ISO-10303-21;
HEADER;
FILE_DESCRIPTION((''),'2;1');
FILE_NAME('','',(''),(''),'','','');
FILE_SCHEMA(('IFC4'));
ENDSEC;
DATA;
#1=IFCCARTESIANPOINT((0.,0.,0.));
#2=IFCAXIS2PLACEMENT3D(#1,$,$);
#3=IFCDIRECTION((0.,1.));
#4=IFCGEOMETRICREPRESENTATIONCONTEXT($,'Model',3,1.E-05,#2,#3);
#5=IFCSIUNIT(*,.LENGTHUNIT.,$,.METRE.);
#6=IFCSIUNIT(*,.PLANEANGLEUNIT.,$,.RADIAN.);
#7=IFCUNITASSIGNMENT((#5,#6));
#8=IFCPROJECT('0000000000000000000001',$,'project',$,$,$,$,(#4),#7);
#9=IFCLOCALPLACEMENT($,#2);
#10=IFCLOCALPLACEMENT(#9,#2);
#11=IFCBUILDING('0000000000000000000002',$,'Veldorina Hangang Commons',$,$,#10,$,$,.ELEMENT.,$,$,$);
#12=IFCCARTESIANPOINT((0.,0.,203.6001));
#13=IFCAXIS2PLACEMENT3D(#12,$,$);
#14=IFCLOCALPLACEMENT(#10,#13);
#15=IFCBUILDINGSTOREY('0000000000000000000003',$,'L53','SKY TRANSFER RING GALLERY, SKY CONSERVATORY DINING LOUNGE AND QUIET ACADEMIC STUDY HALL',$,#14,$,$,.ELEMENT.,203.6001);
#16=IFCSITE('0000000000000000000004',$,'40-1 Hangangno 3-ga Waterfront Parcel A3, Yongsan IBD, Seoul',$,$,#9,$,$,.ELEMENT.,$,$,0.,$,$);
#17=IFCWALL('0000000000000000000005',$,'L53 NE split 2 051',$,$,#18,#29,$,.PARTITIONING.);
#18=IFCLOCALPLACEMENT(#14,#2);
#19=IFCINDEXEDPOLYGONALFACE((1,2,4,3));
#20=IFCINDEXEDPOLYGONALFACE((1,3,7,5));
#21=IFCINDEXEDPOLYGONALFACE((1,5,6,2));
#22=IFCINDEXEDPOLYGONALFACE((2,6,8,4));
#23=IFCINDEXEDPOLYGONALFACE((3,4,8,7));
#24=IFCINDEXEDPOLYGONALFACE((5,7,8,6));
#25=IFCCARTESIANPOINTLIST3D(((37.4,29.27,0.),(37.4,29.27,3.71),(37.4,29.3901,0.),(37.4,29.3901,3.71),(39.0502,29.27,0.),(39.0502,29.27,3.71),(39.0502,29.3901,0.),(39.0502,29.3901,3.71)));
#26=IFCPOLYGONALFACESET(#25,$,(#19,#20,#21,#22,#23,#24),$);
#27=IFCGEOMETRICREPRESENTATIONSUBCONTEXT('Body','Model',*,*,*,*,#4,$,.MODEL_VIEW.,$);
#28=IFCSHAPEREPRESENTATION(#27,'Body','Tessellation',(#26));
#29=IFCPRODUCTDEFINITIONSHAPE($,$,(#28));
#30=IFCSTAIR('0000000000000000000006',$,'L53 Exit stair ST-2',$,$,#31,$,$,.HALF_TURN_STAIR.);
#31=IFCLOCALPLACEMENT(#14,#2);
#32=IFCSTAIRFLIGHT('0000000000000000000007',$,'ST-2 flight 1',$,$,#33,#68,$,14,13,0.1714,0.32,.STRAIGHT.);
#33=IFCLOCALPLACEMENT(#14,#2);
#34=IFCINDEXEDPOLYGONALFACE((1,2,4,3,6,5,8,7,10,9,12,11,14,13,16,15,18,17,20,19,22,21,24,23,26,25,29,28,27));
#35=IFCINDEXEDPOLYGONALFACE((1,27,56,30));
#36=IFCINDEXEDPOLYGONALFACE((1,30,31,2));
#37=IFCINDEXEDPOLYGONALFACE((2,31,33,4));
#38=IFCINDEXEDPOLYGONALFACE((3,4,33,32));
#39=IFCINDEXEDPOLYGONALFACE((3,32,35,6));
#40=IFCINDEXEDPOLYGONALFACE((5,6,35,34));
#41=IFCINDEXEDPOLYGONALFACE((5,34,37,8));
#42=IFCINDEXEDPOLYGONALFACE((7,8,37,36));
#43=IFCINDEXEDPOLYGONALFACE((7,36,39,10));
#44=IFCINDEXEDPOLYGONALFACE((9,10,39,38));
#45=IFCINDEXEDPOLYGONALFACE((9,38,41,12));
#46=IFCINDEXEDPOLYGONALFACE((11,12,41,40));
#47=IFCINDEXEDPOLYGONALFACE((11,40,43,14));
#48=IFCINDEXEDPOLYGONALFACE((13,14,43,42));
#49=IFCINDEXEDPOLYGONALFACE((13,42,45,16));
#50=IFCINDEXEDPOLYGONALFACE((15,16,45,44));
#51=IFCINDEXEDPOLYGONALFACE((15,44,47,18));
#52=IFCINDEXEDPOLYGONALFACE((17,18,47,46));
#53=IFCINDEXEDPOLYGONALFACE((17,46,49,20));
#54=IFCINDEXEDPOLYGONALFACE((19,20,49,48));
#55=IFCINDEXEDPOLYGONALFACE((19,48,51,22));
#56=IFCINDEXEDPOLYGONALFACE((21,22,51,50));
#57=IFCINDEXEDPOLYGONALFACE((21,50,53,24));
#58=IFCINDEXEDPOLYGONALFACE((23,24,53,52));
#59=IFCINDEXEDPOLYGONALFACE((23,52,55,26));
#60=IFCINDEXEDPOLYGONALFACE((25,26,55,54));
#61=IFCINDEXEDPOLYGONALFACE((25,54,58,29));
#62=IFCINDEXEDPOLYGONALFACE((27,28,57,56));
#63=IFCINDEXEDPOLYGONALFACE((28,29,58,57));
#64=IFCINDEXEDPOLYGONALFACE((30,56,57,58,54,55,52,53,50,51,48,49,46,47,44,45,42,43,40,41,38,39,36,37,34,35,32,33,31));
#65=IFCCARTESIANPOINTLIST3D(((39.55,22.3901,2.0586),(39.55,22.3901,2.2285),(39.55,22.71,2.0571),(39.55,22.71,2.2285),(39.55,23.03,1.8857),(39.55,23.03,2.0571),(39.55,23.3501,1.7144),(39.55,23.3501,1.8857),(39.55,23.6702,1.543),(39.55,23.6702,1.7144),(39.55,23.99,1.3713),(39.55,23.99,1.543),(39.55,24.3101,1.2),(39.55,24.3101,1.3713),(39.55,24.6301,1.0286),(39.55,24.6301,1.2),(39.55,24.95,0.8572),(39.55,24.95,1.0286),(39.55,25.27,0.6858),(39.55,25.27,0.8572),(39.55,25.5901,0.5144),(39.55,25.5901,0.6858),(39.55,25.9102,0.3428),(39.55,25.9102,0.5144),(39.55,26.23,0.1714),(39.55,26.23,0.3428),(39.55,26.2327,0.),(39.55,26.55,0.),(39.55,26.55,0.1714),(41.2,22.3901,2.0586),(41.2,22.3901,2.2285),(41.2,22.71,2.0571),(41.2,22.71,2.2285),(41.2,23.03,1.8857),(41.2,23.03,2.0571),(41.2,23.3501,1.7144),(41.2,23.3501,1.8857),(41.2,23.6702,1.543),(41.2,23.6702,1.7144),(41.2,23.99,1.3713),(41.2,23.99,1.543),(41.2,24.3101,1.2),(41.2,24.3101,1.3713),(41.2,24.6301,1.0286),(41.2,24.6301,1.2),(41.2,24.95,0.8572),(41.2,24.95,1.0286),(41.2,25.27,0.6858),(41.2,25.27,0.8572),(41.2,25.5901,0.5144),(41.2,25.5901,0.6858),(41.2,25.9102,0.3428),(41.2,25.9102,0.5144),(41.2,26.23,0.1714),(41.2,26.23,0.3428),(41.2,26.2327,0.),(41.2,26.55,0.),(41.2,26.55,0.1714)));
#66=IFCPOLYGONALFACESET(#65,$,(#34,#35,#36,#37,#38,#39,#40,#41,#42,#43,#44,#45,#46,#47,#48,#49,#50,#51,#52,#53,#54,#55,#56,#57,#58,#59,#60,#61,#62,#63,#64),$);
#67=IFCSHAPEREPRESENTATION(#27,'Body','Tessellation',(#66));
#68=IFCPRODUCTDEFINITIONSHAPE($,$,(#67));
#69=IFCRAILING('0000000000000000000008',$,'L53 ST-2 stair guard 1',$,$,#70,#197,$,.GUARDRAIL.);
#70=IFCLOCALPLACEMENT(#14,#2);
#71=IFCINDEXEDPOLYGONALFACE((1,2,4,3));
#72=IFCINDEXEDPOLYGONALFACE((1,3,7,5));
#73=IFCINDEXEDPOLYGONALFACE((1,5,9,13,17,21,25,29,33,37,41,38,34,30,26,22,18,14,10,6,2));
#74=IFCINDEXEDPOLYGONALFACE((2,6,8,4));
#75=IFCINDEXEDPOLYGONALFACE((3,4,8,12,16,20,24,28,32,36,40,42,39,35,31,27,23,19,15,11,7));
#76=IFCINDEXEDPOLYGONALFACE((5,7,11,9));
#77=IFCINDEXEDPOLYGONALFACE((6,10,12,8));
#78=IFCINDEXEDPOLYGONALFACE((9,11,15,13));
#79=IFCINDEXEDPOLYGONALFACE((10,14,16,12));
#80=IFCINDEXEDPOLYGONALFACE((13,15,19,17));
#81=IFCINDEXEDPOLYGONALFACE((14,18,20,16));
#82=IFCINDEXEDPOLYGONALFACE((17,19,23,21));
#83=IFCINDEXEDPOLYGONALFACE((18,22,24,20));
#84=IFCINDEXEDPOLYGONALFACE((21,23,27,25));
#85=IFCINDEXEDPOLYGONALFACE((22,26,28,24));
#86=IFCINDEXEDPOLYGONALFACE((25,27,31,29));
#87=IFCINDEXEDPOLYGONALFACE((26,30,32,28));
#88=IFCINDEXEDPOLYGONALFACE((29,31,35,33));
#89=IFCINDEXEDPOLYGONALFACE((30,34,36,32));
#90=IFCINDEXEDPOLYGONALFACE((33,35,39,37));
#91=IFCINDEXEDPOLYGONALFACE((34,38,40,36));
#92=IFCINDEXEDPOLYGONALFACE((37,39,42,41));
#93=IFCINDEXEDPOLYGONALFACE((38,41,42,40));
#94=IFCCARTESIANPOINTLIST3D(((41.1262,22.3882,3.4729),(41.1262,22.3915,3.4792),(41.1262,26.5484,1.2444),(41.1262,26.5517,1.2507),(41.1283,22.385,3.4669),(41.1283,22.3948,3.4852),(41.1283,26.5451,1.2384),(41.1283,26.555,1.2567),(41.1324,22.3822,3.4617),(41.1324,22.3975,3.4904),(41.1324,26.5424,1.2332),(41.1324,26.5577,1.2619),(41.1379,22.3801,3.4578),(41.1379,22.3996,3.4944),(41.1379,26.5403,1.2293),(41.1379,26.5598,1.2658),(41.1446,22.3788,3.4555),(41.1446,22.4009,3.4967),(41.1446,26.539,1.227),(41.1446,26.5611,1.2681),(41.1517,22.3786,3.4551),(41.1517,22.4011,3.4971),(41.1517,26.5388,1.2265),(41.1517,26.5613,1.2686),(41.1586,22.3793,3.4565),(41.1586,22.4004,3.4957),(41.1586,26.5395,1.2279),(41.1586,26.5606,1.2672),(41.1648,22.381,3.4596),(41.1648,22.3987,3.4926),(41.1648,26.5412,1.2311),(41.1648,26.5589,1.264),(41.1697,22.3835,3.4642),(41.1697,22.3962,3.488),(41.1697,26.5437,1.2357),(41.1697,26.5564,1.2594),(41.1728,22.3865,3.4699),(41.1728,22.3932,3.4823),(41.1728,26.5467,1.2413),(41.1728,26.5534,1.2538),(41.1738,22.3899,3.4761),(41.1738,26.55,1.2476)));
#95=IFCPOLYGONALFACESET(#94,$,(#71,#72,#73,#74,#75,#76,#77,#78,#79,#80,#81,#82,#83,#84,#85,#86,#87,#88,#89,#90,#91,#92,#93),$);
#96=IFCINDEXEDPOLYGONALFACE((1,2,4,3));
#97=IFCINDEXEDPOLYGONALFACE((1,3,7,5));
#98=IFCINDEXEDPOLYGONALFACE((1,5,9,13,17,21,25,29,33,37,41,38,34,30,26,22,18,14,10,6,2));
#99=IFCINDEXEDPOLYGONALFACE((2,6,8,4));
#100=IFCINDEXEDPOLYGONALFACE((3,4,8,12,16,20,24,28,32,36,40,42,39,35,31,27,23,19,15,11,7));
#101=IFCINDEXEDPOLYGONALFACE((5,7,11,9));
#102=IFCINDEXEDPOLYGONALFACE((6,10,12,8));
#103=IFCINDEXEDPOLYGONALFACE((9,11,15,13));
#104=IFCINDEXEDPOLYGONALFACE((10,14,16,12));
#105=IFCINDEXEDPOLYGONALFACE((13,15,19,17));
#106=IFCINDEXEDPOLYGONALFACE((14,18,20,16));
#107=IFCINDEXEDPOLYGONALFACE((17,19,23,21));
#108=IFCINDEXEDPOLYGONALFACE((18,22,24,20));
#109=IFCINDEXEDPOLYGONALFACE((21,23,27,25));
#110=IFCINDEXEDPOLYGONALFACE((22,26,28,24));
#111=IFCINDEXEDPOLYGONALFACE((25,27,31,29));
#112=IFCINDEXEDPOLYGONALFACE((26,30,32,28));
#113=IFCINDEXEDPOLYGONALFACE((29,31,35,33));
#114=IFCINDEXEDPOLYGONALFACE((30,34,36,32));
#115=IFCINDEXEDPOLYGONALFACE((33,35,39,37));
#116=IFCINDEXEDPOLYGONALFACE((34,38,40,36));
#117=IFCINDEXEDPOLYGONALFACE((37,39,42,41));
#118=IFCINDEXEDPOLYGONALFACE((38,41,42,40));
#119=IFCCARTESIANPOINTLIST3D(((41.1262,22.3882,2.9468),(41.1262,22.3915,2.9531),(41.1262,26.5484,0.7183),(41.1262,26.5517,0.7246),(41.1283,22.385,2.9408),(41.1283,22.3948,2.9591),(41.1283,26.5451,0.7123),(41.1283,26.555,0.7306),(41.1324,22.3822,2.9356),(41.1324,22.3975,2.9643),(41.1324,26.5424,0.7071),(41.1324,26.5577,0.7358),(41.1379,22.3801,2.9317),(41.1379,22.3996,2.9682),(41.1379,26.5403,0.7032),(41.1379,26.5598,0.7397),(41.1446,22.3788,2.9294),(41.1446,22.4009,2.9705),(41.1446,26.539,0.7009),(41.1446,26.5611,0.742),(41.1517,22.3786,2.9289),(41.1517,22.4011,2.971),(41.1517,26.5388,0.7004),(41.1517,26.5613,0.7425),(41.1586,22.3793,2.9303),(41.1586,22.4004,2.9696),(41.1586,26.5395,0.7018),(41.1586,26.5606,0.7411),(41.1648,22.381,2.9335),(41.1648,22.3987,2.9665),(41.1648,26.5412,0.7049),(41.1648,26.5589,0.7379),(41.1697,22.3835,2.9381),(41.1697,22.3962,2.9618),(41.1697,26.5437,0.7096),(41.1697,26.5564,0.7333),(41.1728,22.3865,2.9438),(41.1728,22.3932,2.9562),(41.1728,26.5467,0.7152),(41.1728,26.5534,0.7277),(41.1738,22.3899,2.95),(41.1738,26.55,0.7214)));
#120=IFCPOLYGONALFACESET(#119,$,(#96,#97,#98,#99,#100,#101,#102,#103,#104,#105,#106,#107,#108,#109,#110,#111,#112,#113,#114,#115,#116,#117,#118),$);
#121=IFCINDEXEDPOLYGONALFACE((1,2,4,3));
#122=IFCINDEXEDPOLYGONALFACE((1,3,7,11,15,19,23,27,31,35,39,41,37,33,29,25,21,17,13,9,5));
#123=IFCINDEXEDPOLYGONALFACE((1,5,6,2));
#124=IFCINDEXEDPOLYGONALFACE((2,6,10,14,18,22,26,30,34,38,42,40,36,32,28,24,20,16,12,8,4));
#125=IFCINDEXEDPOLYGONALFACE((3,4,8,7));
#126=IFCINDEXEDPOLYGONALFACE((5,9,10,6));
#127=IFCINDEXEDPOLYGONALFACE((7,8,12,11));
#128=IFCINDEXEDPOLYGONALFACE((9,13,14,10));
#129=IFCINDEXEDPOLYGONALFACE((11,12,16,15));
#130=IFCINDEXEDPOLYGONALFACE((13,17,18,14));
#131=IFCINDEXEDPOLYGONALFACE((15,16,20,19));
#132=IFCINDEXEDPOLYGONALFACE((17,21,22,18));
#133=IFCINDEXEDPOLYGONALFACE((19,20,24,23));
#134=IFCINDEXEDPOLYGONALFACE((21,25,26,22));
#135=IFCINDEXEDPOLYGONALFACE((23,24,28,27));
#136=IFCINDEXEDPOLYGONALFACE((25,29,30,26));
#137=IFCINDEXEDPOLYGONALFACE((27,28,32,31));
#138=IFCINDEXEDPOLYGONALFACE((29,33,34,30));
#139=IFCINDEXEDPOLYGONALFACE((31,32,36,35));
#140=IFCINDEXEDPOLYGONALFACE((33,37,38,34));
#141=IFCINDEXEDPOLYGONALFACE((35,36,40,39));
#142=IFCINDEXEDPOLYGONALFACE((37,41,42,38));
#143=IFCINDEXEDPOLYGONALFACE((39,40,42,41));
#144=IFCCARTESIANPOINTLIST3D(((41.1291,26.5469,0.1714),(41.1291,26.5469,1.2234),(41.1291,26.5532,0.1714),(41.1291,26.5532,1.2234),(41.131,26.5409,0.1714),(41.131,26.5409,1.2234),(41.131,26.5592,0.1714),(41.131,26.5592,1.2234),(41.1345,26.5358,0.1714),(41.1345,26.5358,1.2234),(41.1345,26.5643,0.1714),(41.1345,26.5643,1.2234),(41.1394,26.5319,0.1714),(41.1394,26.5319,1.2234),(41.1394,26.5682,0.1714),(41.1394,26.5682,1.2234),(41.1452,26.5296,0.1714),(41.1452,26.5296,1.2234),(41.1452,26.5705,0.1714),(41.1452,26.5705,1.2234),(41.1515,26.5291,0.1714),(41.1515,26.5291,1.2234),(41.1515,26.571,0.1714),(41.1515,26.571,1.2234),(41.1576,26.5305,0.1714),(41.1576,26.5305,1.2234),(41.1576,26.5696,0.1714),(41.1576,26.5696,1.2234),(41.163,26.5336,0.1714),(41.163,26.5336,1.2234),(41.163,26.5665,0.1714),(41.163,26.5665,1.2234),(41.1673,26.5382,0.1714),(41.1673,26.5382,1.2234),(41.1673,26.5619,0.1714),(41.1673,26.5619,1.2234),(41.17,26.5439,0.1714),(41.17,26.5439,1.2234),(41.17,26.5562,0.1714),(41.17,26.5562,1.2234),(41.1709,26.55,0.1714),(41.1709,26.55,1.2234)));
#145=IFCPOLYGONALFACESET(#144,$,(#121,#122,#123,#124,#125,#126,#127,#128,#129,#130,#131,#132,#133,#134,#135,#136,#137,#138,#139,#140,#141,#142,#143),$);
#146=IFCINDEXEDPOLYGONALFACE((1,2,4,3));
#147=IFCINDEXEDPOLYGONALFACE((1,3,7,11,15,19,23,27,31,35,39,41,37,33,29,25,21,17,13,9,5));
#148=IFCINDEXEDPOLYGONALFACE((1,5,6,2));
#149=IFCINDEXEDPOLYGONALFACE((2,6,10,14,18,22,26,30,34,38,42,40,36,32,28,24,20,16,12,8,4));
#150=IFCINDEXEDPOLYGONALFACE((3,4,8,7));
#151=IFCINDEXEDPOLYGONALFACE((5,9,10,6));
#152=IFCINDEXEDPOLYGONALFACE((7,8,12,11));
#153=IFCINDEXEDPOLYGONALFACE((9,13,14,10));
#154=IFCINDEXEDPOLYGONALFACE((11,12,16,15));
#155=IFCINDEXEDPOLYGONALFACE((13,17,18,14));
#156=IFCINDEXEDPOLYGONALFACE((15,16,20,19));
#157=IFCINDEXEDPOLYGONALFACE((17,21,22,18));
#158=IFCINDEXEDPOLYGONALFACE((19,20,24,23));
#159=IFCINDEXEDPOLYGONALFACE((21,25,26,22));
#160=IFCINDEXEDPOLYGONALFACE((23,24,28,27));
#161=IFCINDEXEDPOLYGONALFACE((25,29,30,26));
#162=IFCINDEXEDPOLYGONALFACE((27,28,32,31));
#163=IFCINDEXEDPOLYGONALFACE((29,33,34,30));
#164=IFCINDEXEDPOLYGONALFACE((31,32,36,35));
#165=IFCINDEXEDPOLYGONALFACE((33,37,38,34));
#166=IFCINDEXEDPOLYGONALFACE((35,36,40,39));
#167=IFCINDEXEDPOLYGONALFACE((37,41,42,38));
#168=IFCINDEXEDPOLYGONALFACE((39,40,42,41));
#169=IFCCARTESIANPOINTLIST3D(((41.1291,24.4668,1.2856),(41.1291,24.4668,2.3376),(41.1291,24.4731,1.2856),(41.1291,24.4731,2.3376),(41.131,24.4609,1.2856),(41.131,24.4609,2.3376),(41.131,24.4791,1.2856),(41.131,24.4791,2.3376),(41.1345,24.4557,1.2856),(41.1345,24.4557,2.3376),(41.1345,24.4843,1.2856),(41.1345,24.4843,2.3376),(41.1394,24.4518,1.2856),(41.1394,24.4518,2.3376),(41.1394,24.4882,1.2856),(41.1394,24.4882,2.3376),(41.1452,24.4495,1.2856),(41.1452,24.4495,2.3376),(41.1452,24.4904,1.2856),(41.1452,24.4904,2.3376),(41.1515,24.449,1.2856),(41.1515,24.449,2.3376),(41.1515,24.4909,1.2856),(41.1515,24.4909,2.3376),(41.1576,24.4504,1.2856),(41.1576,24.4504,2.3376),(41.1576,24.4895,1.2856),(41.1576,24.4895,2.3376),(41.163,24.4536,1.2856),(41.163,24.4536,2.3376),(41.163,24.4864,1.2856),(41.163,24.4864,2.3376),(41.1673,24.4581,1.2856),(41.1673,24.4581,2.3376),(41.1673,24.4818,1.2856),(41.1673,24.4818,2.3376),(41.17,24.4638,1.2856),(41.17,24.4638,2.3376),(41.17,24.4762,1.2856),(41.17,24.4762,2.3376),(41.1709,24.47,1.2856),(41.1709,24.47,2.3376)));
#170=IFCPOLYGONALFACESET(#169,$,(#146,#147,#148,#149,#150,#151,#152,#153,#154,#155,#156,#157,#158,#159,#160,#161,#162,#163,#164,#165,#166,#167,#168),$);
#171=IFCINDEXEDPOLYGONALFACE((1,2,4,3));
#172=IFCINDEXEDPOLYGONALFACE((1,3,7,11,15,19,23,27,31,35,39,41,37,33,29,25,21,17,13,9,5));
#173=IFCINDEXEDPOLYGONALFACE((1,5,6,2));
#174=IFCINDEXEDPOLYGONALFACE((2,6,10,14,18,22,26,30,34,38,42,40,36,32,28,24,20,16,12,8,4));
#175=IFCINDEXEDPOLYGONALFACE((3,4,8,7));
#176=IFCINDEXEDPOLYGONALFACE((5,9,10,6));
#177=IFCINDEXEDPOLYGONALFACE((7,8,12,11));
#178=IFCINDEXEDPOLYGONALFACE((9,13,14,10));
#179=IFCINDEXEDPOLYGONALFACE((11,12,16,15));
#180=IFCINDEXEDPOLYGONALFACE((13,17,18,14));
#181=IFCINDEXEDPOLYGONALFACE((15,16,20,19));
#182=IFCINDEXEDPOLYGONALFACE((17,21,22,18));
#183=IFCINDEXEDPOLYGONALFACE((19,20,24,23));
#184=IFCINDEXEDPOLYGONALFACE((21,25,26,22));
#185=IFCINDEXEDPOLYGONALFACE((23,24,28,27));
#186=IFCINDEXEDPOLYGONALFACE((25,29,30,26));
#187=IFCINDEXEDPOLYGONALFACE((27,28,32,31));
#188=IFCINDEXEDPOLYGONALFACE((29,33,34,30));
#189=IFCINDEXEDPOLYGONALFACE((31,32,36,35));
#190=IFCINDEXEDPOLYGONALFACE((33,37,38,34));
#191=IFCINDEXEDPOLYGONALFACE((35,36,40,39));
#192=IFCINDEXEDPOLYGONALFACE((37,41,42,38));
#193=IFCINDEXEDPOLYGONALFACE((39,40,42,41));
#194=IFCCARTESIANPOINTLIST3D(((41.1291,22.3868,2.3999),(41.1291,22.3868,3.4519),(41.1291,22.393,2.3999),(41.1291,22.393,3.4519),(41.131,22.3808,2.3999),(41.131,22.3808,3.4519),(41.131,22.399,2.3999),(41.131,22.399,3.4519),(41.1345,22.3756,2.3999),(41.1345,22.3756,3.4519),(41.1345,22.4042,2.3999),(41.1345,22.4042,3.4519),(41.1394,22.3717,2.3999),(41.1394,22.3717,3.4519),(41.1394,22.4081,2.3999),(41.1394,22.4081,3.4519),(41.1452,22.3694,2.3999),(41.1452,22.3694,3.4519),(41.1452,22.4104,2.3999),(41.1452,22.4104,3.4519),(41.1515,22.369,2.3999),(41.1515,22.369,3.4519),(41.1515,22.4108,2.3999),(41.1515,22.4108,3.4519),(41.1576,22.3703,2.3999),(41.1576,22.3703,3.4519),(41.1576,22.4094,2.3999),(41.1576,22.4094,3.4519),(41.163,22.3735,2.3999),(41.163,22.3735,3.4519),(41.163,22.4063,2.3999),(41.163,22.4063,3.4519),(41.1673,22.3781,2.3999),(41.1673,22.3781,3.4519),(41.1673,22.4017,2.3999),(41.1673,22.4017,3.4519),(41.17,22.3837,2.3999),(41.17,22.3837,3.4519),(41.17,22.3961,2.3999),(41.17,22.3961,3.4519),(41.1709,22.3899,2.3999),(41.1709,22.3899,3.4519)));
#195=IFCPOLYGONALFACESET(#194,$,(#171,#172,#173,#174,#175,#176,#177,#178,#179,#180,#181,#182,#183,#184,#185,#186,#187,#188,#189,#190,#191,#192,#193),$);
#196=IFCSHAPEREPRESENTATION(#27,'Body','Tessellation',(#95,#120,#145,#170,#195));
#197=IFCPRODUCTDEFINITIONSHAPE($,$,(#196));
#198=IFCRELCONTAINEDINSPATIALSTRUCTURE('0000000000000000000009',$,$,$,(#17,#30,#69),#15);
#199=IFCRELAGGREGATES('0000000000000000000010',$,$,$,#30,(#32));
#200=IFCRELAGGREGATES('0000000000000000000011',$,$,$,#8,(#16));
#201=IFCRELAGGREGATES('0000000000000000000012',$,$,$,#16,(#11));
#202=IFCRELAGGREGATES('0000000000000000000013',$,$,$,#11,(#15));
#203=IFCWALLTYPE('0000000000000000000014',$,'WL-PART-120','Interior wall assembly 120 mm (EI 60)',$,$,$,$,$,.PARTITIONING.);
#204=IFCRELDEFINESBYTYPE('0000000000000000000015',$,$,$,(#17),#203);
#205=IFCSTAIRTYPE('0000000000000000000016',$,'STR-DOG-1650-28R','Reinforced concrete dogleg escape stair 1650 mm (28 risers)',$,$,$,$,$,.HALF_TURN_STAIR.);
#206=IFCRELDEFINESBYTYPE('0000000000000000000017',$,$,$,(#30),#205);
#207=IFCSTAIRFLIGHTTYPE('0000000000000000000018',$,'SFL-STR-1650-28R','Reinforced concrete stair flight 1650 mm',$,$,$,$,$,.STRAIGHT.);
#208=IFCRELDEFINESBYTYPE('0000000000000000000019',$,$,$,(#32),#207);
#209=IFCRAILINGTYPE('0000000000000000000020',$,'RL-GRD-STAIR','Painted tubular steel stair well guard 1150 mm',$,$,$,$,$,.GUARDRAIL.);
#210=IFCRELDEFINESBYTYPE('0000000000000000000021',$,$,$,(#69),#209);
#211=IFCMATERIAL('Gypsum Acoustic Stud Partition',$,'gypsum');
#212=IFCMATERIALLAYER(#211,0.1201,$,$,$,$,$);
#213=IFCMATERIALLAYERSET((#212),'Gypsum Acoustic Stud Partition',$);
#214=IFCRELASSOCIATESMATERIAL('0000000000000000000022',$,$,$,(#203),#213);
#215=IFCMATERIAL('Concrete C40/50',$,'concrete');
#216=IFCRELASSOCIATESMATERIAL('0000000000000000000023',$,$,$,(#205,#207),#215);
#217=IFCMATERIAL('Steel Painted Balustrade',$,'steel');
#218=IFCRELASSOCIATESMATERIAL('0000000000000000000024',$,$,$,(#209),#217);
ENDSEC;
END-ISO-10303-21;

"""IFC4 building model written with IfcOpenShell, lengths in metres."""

from ifc_helpers import new_model, si_unit, direction, frame, frame_2d, origin, origin_2d, place, context, subcontext, project, spatial, polyline, rectangle, circle, outline, extrude, material, layer, layer_set, type_object, element, aggregate, save


model = new_model("IFC4")

# Units and contexts
model_context = context("Model", 3, precision=1e-05, world=origin(), true_north=direction((0.0, 1.0)))
body_context = subcontext(model_context, "Body", "Model", "MODEL_VIEW")
ifc_project = project(units=[si_unit("LENGTHUNIT", "METRE"), si_unit("PLANEANGLEUNIT", "RADIAN")], contexts=[model_context])

# Site, building, storey
site_placement = place(None, origin())
site = spatial("IfcSite", under=ifc_project, at=site_placement, Name="40-1 Hangangno 3-ga Waterfront Parcel A3, Yongsan IBD, Seoul", CompositionType="ELEMENT", RefElevation=0.0)
building_placement = place(site_placement, origin())
building = spatial("IfcBuilding", under=site, at=building_placement, Name="Veldorina Hangang Commons", CompositionType="ELEMENT")
storey_placement = place(building_placement, frame((0.0, 0.0, 203.6001)))
storey = spatial("IfcBuildingStorey", under=building, at=storey_placement, Name="L53", Description="SKY TRANSFER RING GALLERY, SKY CONSERVATORY DINING LOUNGE AND QUIET ACADEMIC STUDY HALL", CompositionType="ELEMENT", Elevation=203.6001)

# Shared definitions
ifc_material_1 = material(Name="Gypsum Acoustic Stud Partition", Category="gypsum")
ifc_layer_1 = layer(ifc_material_1, 0.1201)
ifc_layer_set_1 = layer_set([ifc_layer_1], Name="Gypsum Acoustic Stud Partition")
wall_type_1 = type_object("IfcWallType", Name="WL-PART-120", Description="Interior wall assembly 120 mm (EI 60)", PredefinedType="PARTITIONING", material=ifc_layer_set_1)

# Wall
for number, where, z_axis, x_axis, name in (
    (1, (37.3999, 29.3301, 0.0), (0.0, 0.0, 1.0), (1.0, 0.0, 0.0), "L53 NE split 2 051"),
):
    element("IfcWall", number, at=place(storey_placement, frame(where, z_axis=z_axis, x_axis=x_axis)), inside=storey, type_object=wall_type_1, Name=name, PredefinedType="PARTITIONING", context=body_context, shape_type="SweptSolid", body=[
        extrude(rectangle(XDim=1.6501, YDim=0.1201, at=frame_2d((0.8252, 0.0))), origin(), (0.0, 0.0, 1.0), 3.71),
    ])

# Stair, stair flight
ifc_material_2 = material(Name="Concrete C40/50", Category="concrete")
stair_type = type_object("IfcStairType", Name="STR-DOG-1650-28R", Description="Reinforced concrete dogleg escape stair 1650 mm (28 risers)", PredefinedType="HALF_TURN_STAIR", material=ifc_material_2)
stair_placement = place(storey_placement, origin())
stair = element("IfcStair", 2, at=stair_placement, inside=storey, type_object=stair_type, Name="L53 Exit stair ST-2", PredefinedType="HALF_TURN_STAIR")
stair_flight_type = type_object("IfcStairFlightType", Name="SFL-STR-1650-28R", Description="Reinforced concrete stair flight 1650 mm", PredefinedType="STRAIGHT", material=ifc_material_2)
stair_flight_placement = place(storey_placement, frame((40.375, 26.55, 0.0), z_axis=(0.0, 0.0, 1.0), x_axis=(0.0, -1.0, 0.0)))
stair_flight = element("IfcStairFlight", 3, at=stair_flight_placement, type_object=stair_flight_type, Name="ST-2 flight 1", NumberOfRisers=14, NumberOfTreads=13, PredefinedType="STRAIGHT", RiserHeight=0.1714, TreadLength=0.32, context=body_context, shape_type="SweptSolid", body=[
    extrude(outline(polyline([(0.0, 0.0), (0.0, 0.1714), (0.3201, 0.1714), (0.3201, 0.3428), (0.6399, 0.3428), (0.6399, 0.5144), (0.96, 0.5144), (0.96, 0.6858), (1.28, 0.6858), (1.28, 0.8572), (1.6001, 0.8572), (1.6001, 1.0286), (1.9199, 1.0286), (1.9199, 1.2), (2.24, 1.2), (2.24, 1.3713), (2.5601, 1.3713), (2.5601, 1.543), (2.8799, 1.543), (2.8799, 1.7144), (3.2, 1.7144), (3.2, 1.8857), (3.52, 1.8857), (3.52, 2.0571), (3.8401, 2.0571), (3.8401, 2.2285), (4.1599, 2.2285), (4.1599, 2.3999), (4.1599, 2.0586), (0.3174, 0.0), (0.0, 0.0)])), frame((0.0, 0.825, 0.0), z_axis=(0.0, -1.0, 0.0), x_axis=(1.0, 0.0, 0.0)), (0.0, 0.0, 1.0), 1.6499),
])
aggregate(stair, [stair_flight])

# Railing
ifc_material_3 = material(Name="Steel Painted Balustrade", Category="steel")
railing_type_1 = type_object("IfcRailingType", Name="RL-GRD-STAIR", Description="Painted tubular steel stair well guard 1150 mm", PredefinedType="GUARDRAIL", material=ifc_material_3)
railing_1_placement = place(storey_placement, frame((41.1499, 26.55, 0.1714)))
element("IfcRailing", 4, at=railing_1_placement, inside=storey, type_object=railing_type_1, Name="L53 ST-2 stair guard 1", PredefinedType="GUARDRAIL", context=body_context, shape_type="SweptSolid", body=[
    extrude(circle(Radius=0.0239, at=origin_2d()), frame((0.0, 0.0, 1.0762), z_axis=(0.0, -0.881492, 0.472198), x_axis=(1.0, 0.0, 0.0)), (0.0, 0.0, 1.0), 4.7195),
    extrude(circle(Radius=0.0239, at=origin_2d()), frame((0.0, 0.0, 0.55), z_axis=(0.0, -0.881492, 0.472198), x_axis=(1.0, 0.0, 0.0)), (0.0, 0.0, 1.0), 4.7195),
    extrude(circle(Radius=0.021, at=origin_2d()), origin(), (0.0, 0.0, 1.0), 1.052),
    extrude(circle(Radius=0.021, at=origin_2d()), frame((0.0, -2.0801, 1.1143)), (0.0, 0.0, 1.0), 1.052),
    extrude(circle(Radius=0.021, at=origin_2d()), frame((0.0, -4.1602, 2.2285)), (0.0, 0.0, 1.0), 1.052),
])

save(model, "model.ifc")
